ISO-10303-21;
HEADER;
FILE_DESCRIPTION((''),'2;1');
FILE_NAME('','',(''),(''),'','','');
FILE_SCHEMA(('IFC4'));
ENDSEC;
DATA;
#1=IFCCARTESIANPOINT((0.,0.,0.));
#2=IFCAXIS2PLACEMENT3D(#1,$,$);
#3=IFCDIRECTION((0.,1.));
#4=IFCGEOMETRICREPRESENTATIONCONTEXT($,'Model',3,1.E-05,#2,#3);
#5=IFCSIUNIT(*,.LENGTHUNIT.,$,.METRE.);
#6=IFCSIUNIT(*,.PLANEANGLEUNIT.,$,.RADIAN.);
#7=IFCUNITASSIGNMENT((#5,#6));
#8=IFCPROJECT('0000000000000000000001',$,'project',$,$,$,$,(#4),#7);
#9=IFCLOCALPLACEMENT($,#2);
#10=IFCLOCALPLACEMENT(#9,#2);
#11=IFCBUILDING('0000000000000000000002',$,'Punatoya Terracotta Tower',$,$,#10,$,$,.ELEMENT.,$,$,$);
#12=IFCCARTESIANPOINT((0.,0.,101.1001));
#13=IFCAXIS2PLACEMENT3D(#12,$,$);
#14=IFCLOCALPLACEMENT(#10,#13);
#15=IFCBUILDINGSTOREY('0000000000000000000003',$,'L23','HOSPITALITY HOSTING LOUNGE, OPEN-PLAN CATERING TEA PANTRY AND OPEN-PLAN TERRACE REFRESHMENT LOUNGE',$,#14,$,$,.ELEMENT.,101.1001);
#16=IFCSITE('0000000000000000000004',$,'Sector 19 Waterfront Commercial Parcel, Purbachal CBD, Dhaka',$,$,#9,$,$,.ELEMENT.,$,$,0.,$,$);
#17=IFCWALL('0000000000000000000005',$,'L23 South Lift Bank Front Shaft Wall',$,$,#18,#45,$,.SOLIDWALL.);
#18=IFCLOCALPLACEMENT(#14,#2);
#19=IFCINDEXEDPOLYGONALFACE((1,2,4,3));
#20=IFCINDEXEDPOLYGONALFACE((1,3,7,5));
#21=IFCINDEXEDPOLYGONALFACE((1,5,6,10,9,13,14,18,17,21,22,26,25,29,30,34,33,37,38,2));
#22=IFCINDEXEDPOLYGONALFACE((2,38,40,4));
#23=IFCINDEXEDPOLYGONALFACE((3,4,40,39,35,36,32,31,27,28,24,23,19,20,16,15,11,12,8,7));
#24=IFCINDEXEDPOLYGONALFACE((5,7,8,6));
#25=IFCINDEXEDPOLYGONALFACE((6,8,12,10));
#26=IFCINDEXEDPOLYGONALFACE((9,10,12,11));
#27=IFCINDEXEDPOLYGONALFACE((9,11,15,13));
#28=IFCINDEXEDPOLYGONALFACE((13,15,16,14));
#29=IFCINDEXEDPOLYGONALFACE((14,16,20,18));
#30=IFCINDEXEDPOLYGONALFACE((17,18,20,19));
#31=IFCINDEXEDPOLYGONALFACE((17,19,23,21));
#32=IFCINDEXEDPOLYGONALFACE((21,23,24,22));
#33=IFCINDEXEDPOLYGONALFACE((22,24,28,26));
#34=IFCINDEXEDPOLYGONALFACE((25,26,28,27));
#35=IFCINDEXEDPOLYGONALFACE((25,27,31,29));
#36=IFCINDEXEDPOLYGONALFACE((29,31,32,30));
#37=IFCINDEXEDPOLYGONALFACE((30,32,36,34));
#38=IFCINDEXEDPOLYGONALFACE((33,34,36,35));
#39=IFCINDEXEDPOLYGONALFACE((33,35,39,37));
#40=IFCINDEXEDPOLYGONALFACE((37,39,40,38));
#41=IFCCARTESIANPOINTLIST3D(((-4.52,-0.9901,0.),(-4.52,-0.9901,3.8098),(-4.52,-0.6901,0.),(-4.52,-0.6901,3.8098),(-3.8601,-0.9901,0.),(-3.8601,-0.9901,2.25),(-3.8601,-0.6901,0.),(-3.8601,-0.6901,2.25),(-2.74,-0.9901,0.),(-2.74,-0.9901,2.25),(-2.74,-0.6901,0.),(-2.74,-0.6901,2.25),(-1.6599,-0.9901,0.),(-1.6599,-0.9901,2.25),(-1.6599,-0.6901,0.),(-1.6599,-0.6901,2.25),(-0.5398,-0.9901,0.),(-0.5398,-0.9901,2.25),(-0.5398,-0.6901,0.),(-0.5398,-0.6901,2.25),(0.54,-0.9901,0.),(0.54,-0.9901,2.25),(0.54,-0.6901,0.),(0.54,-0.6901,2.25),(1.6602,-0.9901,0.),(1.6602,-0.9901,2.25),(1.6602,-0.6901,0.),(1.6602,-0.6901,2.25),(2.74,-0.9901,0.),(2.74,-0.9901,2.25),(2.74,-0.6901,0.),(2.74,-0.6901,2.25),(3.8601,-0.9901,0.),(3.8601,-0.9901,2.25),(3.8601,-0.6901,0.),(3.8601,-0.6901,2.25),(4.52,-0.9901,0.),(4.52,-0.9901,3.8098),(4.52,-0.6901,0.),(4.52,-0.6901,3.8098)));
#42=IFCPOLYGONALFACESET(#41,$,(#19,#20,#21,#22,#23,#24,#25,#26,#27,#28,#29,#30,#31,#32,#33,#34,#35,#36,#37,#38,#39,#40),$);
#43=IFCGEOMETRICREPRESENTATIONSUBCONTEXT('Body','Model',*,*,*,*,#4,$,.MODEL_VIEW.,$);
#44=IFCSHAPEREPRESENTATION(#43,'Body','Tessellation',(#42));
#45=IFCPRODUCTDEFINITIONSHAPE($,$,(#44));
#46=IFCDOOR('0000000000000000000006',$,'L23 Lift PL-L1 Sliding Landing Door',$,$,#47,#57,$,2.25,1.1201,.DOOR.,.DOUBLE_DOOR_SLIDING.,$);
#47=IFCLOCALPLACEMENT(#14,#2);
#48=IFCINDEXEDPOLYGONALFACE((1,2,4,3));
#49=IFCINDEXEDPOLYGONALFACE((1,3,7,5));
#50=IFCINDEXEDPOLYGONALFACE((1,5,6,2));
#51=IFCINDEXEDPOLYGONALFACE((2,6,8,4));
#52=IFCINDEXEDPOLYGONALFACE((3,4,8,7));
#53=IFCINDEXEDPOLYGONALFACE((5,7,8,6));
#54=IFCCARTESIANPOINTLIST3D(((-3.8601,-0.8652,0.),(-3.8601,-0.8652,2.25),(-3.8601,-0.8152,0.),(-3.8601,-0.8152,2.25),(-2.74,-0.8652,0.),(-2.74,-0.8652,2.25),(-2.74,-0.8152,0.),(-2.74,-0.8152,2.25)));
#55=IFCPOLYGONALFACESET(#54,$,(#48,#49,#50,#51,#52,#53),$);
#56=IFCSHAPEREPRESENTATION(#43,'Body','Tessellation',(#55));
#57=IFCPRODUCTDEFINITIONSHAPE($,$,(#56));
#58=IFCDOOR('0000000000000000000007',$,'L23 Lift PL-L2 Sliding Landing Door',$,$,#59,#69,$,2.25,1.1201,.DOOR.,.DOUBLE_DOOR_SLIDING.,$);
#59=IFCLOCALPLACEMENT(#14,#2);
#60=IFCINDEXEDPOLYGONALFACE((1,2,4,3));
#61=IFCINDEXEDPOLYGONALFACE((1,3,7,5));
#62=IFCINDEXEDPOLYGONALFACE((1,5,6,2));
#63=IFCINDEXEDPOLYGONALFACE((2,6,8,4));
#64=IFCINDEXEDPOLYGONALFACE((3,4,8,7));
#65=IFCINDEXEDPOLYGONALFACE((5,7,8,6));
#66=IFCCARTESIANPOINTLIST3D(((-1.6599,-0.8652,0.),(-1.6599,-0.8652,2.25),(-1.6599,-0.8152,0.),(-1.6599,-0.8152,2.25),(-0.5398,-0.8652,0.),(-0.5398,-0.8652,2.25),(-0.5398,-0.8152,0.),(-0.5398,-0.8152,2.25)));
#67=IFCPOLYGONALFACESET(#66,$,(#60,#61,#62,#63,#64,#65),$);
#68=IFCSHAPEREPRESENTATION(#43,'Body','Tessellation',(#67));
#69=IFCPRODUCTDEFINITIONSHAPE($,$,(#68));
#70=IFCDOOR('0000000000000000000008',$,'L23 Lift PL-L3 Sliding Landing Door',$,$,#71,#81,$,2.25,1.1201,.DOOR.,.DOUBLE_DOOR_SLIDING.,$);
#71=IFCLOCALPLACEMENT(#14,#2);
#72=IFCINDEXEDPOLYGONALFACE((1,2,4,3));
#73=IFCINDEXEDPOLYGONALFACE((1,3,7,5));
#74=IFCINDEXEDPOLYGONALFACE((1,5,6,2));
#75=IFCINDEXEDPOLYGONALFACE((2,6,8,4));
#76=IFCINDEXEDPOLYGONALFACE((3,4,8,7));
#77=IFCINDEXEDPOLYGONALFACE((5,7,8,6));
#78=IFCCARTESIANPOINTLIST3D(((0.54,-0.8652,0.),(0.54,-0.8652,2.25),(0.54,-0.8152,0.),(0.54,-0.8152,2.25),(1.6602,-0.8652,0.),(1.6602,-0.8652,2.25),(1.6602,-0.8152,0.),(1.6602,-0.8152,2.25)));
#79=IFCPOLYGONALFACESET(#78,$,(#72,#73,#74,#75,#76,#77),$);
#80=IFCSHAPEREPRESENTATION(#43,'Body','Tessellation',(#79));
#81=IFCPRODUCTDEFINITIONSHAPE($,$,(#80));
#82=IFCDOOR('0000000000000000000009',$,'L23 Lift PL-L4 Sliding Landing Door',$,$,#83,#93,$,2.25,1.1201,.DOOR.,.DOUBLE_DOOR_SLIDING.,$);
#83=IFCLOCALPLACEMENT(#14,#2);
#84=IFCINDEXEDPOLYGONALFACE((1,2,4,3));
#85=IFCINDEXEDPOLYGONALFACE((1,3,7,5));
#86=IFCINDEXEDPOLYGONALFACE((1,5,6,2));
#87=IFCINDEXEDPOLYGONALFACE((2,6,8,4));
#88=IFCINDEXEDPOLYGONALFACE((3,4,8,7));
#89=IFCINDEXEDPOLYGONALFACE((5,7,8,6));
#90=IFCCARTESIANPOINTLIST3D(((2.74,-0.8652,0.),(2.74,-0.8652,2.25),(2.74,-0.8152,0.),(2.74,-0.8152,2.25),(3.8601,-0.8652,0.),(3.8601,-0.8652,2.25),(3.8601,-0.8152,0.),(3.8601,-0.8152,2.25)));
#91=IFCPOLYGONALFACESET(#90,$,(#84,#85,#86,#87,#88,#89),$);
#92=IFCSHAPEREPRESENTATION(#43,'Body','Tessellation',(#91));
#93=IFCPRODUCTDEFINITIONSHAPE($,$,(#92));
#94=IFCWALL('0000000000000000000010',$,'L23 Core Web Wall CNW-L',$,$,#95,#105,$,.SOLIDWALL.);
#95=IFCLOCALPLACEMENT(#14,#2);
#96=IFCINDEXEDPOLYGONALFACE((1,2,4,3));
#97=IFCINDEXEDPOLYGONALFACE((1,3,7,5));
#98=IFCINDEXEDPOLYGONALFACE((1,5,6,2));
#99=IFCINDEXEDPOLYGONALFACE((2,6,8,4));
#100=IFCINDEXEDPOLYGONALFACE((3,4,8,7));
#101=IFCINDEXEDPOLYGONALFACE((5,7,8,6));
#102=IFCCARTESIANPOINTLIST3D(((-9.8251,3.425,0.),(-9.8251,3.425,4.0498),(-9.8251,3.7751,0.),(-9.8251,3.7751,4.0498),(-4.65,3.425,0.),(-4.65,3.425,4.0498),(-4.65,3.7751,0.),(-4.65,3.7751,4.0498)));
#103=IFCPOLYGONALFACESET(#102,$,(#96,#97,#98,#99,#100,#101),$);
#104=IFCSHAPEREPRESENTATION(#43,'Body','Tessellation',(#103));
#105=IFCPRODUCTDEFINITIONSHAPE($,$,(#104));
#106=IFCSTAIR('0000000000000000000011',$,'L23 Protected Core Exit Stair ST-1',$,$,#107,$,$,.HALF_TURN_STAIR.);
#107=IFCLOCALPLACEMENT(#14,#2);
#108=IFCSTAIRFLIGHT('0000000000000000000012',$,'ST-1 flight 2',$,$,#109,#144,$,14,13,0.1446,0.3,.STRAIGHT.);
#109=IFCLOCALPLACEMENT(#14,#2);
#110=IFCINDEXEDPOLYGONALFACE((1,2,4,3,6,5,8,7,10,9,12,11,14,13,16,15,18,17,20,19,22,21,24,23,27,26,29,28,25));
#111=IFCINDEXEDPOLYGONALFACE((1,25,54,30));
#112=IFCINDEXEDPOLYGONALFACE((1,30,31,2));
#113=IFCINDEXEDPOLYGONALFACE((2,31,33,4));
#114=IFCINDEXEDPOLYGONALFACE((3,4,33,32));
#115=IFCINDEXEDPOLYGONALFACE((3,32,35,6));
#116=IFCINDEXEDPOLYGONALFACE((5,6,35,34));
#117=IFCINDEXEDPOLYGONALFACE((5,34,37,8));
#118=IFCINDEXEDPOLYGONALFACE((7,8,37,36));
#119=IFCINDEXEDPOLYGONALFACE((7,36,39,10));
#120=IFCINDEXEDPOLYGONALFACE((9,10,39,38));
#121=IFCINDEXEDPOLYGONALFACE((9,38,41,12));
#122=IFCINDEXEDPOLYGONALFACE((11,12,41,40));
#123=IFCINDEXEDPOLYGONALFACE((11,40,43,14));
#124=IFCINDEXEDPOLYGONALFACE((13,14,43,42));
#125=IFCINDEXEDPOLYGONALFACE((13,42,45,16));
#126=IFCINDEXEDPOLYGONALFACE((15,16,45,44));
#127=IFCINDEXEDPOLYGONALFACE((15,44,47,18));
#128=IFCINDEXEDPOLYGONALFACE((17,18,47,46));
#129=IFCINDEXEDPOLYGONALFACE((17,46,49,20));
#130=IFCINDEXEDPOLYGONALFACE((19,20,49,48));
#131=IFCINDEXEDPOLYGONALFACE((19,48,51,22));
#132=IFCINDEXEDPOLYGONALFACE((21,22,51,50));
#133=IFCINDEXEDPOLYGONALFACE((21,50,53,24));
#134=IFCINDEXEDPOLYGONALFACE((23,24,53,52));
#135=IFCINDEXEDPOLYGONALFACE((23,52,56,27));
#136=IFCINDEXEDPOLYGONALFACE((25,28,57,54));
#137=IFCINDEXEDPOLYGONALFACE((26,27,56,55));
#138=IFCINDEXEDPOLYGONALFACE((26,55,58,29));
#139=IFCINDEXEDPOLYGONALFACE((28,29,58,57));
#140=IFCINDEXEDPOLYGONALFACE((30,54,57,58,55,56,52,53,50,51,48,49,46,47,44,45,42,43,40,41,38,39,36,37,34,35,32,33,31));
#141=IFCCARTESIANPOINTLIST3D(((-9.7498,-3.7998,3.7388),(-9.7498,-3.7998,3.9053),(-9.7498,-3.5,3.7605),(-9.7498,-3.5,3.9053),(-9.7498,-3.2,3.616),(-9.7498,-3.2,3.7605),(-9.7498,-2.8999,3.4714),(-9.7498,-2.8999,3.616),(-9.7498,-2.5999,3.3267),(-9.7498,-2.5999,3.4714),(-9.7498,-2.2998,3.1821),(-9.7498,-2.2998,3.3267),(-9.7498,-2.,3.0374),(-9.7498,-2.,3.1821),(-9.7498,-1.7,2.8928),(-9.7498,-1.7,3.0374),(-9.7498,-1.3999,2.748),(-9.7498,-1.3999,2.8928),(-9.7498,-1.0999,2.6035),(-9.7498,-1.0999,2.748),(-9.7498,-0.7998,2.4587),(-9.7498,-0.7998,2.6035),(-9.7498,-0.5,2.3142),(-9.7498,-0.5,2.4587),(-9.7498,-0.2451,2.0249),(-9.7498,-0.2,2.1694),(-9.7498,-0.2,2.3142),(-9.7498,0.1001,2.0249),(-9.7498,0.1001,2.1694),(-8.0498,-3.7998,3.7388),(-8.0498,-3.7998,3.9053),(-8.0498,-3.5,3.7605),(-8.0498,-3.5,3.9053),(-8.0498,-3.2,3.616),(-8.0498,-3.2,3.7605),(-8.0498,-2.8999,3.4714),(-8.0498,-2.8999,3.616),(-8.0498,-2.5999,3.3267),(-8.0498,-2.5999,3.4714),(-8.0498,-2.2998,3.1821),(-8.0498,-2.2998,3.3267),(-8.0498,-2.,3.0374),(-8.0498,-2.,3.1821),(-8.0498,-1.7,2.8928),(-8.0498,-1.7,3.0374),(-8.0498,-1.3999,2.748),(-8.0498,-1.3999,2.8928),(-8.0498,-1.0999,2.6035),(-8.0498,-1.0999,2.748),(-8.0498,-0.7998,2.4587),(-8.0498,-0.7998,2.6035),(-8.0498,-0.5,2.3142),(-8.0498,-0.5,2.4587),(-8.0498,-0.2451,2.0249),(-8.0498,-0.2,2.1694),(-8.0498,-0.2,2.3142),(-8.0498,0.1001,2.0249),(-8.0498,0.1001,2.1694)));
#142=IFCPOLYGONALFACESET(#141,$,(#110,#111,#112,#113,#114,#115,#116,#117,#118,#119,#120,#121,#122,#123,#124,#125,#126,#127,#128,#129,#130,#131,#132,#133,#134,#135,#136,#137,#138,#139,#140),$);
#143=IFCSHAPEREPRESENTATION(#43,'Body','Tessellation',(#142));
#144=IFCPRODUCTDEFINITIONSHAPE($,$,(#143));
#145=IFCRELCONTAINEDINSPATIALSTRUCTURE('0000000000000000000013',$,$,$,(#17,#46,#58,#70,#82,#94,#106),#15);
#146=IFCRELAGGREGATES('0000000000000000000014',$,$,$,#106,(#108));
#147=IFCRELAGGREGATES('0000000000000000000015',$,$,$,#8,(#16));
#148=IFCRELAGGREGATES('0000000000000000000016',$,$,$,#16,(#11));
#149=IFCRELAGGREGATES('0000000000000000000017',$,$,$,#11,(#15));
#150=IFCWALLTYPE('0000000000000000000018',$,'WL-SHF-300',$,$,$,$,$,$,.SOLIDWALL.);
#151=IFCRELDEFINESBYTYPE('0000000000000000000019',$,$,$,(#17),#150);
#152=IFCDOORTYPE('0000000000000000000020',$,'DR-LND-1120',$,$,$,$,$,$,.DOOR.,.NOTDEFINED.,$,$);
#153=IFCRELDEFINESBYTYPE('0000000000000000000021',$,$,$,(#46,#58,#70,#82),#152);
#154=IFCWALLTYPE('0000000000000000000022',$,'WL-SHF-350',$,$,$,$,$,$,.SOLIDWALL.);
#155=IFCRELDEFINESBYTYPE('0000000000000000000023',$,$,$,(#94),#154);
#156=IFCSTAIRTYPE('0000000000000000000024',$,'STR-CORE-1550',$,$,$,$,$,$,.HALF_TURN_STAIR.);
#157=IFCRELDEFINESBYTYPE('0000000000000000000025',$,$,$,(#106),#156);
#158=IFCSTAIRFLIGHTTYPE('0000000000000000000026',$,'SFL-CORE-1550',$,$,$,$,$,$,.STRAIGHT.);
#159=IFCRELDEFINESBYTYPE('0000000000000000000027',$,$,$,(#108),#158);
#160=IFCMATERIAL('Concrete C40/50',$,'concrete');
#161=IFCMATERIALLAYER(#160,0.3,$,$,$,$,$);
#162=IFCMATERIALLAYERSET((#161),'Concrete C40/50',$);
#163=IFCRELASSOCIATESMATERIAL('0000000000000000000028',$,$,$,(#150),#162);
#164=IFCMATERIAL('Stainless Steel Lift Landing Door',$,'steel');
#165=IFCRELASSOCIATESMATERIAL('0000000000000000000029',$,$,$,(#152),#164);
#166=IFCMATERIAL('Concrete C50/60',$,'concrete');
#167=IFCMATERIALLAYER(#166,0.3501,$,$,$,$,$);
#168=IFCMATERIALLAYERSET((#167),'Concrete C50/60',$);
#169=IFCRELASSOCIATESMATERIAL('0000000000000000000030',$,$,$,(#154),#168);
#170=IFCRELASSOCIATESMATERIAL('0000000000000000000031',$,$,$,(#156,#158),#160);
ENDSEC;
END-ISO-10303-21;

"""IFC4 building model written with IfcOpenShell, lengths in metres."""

from ifc_helpers import new_model, si_unit, direction, frame, frame_2d, origin, place, context, subcontext, project, spatial, polyline, rectangle, outline, extrude, material, layer, layer_set, type_object, element, fill, aggregate, save


model = new_model("IFC4")

# Units and contexts
model_context = context("Model", 3, precision=1e-05, world=origin(), true_north=direction((0.0, 1.0)))
body_context = subcontext(model_context, "Body", "Model", "MODEL_VIEW")
ifc_project = project(units=[si_unit("LENGTHUNIT", "METRE"), si_unit("PLANEANGLEUNIT", "RADIAN")], contexts=[model_context])

# Site, building, storey
site_placement = place(None, origin())
site = spatial("IfcSite", under=ifc_project, at=site_placement, Name="Sector 19 Waterfront Commercial Parcel, Purbachal CBD, Dhaka", CompositionType="ELEMENT", RefElevation=0.0)
building_placement = place(site_placement, origin())
building = spatial("IfcBuilding", under=site, at=building_placement, Name="Punatoya Terracotta Tower", CompositionType="ELEMENT")
storey_placement = place(building_placement, frame((0.0, 0.0, 101.1001)))
storey = spatial("IfcBuildingStorey", under=building, at=storey_placement, Name="L23", Description="HOSPITALITY HOSTING LOUNGE, OPEN-PLAN CATERING TEA PANTRY AND OPEN-PLAN TERRACE REFRESHMENT LOUNGE", CompositionType="ELEMENT", Elevation=101.1001)

# Wall, openings, doors
ifc_material_1 = material(Name="Concrete C40/50", Category="concrete")
ifc_layer_1 = layer(ifc_material_1, 0.3)
ifc_layer_set_1 = layer_set([ifc_layer_1], Name="Concrete C40/50")
wall_type_1 = type_object("IfcWallType", Name="WL-SHF-300", PredefinedType="SOLIDWALL", material=ifc_layer_set_1)
wall_1_placement = place(storey_placement, frame((-4.52, -0.8401, 0.0), z_axis=(0.0, 0.0, 1.0), x_axis=(1.0, 0.0, 0.0)))
wall_1 = element("IfcWall", 1, at=wall_1_placement, inside=storey, type_object=wall_type_1, Name="L23 South Lift Bank Front Shaft Wall", PredefinedType="SOLIDWALL", context=body_context, shape_type="SweptSolid", body=[
    extrude(rectangle(XDim=9.04, YDim=0.3, at=frame_2d((4.52, 0.0))), origin(), (0.0, 0.0, 1.0), 3.8098),
])
opening_1_placement = place(wall_1_placement, frame((0.6599, 0.0, 0.0)))
opening_1 = element("IfcOpeningElement", 2, at=opening_1_placement, cuts=wall_1, PredefinedType="OPENING", context=body_context, shape_type="SweptSolid", body=[
    extrude(rectangle(XDim=1.1201, YDim=2.25, at=frame_2d((0.5601, 1.125))), frame((0.0, 0.1599, 0.0), z_axis=(0.0, -1.0, 0.0), x_axis=(1.0, 0.0, 0.0)), (0.0, 0.0, 1.0), 0.3201),
])
opening_2_placement = place(wall_1_placement, frame((2.8601, 0.0, 0.0)))
opening_2 = element("IfcOpeningElement", 3, at=opening_2_placement, cuts=wall_1, PredefinedType="OPENING", context=body_context, shape_type="SweptSolid", body=[
    extrude(rectangle(XDim=1.1201, YDim=2.25, at=frame_2d((0.5601, 1.125))), frame((0.0, 0.1599, 0.0), z_axis=(0.0, -1.0, 0.0), x_axis=(1.0, 0.0, 0.0)), (0.0, 0.0, 1.0), 0.3201),
])
opening_3_placement = place(wall_1_placement, frame((5.0601, 0.0, 0.0)))
opening_3 = element("IfcOpeningElement", 4, at=opening_3_placement, cuts=wall_1, PredefinedType="OPENING", context=body_context, shape_type="SweptSolid", body=[
    extrude(rectangle(XDim=1.1201, YDim=2.25, at=frame_2d((0.5601, 1.125))), frame((0.0, 0.1599, 0.0), z_axis=(0.0, -1.0, 0.0), x_axis=(1.0, 0.0, 0.0)), (0.0, 0.0, 1.0), 0.3201),
])
opening_4_placement = place(wall_1_placement, frame((7.26, 0.0, 0.0)))
opening_4 = element("IfcOpeningElement", 5, at=opening_4_placement, cuts=wall_1, PredefinedType="OPENING", context=body_context, shape_type="SweptSolid", body=[
    extrude(rectangle(XDim=1.1201, YDim=2.25, at=frame_2d((0.5601, 1.125))), frame((0.0, 0.1599, 0.0), z_axis=(0.0, -1.0, 0.0), x_axis=(1.0, 0.0, 0.0)), (0.0, 0.0, 1.0), 0.3201),
])
ifc_material_2 = material(Name="Stainless Steel Lift Landing Door", Category="steel")
door_type_1 = type_object("IfcDoorType", Name="DR-LND-1120", OperationType="NOTDEFINED", PredefinedType="DOOR", material=ifc_material_2)
door_1_placement = place(opening_1_placement, origin())
door_1 = element("IfcDoor", 6, at=door_1_placement, inside=storey, type_object=door_type_1, Name="L23 Lift PL-L1 Sliding Landing Door", OperationType="DOUBLE_DOOR_SLIDING", OverallHeight=2.25, OverallWidth=1.1201, PredefinedType="DOOR", context=body_context, shape_type="SweptSolid", body=[
    extrude(rectangle(XDim=1.1201, YDim=2.25, at=frame_2d((0.5601, 1.125))), frame((0.0, 0.0249, 0.0), z_axis=(0.0, -1.0, 0.0), x_axis=(1.0, 0.0, 0.0)), (0.0, 0.0, 1.0), 0.05),
])
fill(opening_1, door_1)
door_2_placement = place(opening_2_placement, origin())
door_2 = element("IfcDoor", 7, at=door_2_placement, inside=storey, type_object=door_type_1, Name="L23 Lift PL-L2 Sliding Landing Door", OperationType="DOUBLE_DOOR_SLIDING", OverallHeight=2.25, OverallWidth=1.1201, PredefinedType="DOOR", context=body_context, shape_type="SweptSolid", body=[
    extrude(rectangle(XDim=1.1201, YDim=2.25, at=frame_2d((0.5601, 1.125))), frame((0.0, 0.0249, 0.0), z_axis=(0.0, -1.0, 0.0), x_axis=(1.0, 0.0, 0.0)), (0.0, 0.0, 1.0), 0.05),
])
fill(opening_2, door_2)
door_3_placement = place(opening_3_placement, origin())
door_3 = element("IfcDoor", 8, at=door_3_placement, inside=storey, type_object=door_type_1, Name="L23 Lift PL-L3 Sliding Landing Door", OperationType="DOUBLE_DOOR_SLIDING", OverallHeight=2.25, OverallWidth=1.1201, PredefinedType="DOOR", context=body_context, shape_type="SweptSolid", body=[
    extrude(rectangle(XDim=1.1201, YDim=2.25, at=frame_2d((0.5601, 1.125))), frame((0.0, 0.0249, 0.0), z_axis=(0.0, -1.0, 0.0), x_axis=(1.0, 0.0, 0.0)), (0.0, 0.0, 1.0), 0.05),
])
fill(opening_3, door_3)
door_4_placement = place(opening_4_placement, origin())
door_4 = element("IfcDoor", 9, at=door_4_placement, inside=storey, type_object=door_type_1, Name="L23 Lift PL-L4 Sliding Landing Door", OperationType="DOUBLE_DOOR_SLIDING", OverallHeight=2.25, OverallWidth=1.1201, PredefinedType="DOOR", context=body_context, shape_type="SweptSolid", body=[
    extrude(rectangle(XDim=1.1201, YDim=2.25, at=frame_2d((0.5601, 1.125))), frame((0.0, 0.0249, 0.0), z_axis=(0.0, -1.0, 0.0), x_axis=(1.0, 0.0, 0.0)), (0.0, 0.0, 1.0), 0.05),
])
fill(opening_4, door_4)

# Wall
ifc_material_3 = material(Name="Concrete C50/60", Category="concrete")
ifc_layer_2 = layer(ifc_material_3, 0.3501)
ifc_layer_set_2 = layer_set([ifc_layer_2], Name="Concrete C50/60")
wall_type_2 = type_object("IfcWallType", Name="WL-SHF-350", PredefinedType="SOLIDWALL", material=ifc_layer_set_2)
wall_2_placement = place(storey_placement, frame((-9.825, 3.6001, 0.0), z_axis=(0.0, 0.0, 1.0), x_axis=(1.0, 0.0, 0.0)))
element("IfcWall", 10, at=wall_2_placement, inside=storey, type_object=wall_type_2, Name="L23 Core Web Wall CNW-L", PredefinedType="SOLIDWALL", context=body_context, shape_type="SweptSolid", body=[
    extrude(rectangle(XDim=5.175, YDim=0.3501, at=frame_2d((2.5874, 0.0))), origin(), (0.0, 0.0, 1.0), 4.0498),
])

# Stair, stair flight
stair_type = type_object("IfcStairType", Name="STR-CORE-1550", PredefinedType="HALF_TURN_STAIR", material=ifc_material_1)
stair_placement = place(storey_placement, origin())
stair = element("IfcStair", 11, at=stair_placement, inside=storey, type_object=stair_type, Name="L23 Protected Core Exit Stair ST-1", PredefinedType="HALF_TURN_STAIR")
stair_flight_type = type_object("IfcStairFlightType", Name="SFL-CORE-1550", PredefinedType="STRAIGHT", material=ifc_material_1)
stair_flight_placement = place(storey_placement, frame((-8.8999, 0.1001, 2.0249), z_axis=(0.0, 0.0, 1.0), x_axis=(0.0, -1.0, 0.0)))
stair_flight = element("IfcStairFlight", 12, at=stair_flight_placement, type_object=stair_flight_type, Name="ST-1 flight 2", NumberOfRisers=14, NumberOfTreads=13, PredefinedType="STRAIGHT", RiserHeight=0.1446, TreadLength=0.3, context=body_context, shape_type="SweptSolid", body=[
    extrude(outline(polyline([(0.0, 0.0), (0.0, 0.1445), (0.3, 0.1445), (0.3, 0.2893), (0.6001, 0.2893), (0.6001, 0.4338), (0.8999, 0.4338), (0.8999, 0.5786), (1.2, 0.5786), (1.2, 0.7231), (1.5, 0.7231), (1.5, 0.8679), (1.8, 0.8679), (1.8, 1.0125), (2.1001, 1.0125), (2.1001, 1.1572), (2.3999, 1.1572), (2.3999, 1.3018), (2.7, 1.3018), (2.7, 1.4465), (3.0, 1.4465), (3.0, 1.5911), (3.3, 1.5911), (3.3, 1.7356), (3.6001, 1.7356), (3.6001, 1.8804), (3.8999, 1.8804), (3.8999, 2.0249), (3.8999, 1.7139), (0.3452, 0.0), (0.0, 0.0)])), frame((0.0, 0.8501, 0.0), z_axis=(0.0, -1.0, 0.0), x_axis=(1.0, 0.0, 0.0)), (0.0, 0.0, 1.0), 1.7),
])
aggregate(stair, [stair_flight])

save(model, "model.ifc")
